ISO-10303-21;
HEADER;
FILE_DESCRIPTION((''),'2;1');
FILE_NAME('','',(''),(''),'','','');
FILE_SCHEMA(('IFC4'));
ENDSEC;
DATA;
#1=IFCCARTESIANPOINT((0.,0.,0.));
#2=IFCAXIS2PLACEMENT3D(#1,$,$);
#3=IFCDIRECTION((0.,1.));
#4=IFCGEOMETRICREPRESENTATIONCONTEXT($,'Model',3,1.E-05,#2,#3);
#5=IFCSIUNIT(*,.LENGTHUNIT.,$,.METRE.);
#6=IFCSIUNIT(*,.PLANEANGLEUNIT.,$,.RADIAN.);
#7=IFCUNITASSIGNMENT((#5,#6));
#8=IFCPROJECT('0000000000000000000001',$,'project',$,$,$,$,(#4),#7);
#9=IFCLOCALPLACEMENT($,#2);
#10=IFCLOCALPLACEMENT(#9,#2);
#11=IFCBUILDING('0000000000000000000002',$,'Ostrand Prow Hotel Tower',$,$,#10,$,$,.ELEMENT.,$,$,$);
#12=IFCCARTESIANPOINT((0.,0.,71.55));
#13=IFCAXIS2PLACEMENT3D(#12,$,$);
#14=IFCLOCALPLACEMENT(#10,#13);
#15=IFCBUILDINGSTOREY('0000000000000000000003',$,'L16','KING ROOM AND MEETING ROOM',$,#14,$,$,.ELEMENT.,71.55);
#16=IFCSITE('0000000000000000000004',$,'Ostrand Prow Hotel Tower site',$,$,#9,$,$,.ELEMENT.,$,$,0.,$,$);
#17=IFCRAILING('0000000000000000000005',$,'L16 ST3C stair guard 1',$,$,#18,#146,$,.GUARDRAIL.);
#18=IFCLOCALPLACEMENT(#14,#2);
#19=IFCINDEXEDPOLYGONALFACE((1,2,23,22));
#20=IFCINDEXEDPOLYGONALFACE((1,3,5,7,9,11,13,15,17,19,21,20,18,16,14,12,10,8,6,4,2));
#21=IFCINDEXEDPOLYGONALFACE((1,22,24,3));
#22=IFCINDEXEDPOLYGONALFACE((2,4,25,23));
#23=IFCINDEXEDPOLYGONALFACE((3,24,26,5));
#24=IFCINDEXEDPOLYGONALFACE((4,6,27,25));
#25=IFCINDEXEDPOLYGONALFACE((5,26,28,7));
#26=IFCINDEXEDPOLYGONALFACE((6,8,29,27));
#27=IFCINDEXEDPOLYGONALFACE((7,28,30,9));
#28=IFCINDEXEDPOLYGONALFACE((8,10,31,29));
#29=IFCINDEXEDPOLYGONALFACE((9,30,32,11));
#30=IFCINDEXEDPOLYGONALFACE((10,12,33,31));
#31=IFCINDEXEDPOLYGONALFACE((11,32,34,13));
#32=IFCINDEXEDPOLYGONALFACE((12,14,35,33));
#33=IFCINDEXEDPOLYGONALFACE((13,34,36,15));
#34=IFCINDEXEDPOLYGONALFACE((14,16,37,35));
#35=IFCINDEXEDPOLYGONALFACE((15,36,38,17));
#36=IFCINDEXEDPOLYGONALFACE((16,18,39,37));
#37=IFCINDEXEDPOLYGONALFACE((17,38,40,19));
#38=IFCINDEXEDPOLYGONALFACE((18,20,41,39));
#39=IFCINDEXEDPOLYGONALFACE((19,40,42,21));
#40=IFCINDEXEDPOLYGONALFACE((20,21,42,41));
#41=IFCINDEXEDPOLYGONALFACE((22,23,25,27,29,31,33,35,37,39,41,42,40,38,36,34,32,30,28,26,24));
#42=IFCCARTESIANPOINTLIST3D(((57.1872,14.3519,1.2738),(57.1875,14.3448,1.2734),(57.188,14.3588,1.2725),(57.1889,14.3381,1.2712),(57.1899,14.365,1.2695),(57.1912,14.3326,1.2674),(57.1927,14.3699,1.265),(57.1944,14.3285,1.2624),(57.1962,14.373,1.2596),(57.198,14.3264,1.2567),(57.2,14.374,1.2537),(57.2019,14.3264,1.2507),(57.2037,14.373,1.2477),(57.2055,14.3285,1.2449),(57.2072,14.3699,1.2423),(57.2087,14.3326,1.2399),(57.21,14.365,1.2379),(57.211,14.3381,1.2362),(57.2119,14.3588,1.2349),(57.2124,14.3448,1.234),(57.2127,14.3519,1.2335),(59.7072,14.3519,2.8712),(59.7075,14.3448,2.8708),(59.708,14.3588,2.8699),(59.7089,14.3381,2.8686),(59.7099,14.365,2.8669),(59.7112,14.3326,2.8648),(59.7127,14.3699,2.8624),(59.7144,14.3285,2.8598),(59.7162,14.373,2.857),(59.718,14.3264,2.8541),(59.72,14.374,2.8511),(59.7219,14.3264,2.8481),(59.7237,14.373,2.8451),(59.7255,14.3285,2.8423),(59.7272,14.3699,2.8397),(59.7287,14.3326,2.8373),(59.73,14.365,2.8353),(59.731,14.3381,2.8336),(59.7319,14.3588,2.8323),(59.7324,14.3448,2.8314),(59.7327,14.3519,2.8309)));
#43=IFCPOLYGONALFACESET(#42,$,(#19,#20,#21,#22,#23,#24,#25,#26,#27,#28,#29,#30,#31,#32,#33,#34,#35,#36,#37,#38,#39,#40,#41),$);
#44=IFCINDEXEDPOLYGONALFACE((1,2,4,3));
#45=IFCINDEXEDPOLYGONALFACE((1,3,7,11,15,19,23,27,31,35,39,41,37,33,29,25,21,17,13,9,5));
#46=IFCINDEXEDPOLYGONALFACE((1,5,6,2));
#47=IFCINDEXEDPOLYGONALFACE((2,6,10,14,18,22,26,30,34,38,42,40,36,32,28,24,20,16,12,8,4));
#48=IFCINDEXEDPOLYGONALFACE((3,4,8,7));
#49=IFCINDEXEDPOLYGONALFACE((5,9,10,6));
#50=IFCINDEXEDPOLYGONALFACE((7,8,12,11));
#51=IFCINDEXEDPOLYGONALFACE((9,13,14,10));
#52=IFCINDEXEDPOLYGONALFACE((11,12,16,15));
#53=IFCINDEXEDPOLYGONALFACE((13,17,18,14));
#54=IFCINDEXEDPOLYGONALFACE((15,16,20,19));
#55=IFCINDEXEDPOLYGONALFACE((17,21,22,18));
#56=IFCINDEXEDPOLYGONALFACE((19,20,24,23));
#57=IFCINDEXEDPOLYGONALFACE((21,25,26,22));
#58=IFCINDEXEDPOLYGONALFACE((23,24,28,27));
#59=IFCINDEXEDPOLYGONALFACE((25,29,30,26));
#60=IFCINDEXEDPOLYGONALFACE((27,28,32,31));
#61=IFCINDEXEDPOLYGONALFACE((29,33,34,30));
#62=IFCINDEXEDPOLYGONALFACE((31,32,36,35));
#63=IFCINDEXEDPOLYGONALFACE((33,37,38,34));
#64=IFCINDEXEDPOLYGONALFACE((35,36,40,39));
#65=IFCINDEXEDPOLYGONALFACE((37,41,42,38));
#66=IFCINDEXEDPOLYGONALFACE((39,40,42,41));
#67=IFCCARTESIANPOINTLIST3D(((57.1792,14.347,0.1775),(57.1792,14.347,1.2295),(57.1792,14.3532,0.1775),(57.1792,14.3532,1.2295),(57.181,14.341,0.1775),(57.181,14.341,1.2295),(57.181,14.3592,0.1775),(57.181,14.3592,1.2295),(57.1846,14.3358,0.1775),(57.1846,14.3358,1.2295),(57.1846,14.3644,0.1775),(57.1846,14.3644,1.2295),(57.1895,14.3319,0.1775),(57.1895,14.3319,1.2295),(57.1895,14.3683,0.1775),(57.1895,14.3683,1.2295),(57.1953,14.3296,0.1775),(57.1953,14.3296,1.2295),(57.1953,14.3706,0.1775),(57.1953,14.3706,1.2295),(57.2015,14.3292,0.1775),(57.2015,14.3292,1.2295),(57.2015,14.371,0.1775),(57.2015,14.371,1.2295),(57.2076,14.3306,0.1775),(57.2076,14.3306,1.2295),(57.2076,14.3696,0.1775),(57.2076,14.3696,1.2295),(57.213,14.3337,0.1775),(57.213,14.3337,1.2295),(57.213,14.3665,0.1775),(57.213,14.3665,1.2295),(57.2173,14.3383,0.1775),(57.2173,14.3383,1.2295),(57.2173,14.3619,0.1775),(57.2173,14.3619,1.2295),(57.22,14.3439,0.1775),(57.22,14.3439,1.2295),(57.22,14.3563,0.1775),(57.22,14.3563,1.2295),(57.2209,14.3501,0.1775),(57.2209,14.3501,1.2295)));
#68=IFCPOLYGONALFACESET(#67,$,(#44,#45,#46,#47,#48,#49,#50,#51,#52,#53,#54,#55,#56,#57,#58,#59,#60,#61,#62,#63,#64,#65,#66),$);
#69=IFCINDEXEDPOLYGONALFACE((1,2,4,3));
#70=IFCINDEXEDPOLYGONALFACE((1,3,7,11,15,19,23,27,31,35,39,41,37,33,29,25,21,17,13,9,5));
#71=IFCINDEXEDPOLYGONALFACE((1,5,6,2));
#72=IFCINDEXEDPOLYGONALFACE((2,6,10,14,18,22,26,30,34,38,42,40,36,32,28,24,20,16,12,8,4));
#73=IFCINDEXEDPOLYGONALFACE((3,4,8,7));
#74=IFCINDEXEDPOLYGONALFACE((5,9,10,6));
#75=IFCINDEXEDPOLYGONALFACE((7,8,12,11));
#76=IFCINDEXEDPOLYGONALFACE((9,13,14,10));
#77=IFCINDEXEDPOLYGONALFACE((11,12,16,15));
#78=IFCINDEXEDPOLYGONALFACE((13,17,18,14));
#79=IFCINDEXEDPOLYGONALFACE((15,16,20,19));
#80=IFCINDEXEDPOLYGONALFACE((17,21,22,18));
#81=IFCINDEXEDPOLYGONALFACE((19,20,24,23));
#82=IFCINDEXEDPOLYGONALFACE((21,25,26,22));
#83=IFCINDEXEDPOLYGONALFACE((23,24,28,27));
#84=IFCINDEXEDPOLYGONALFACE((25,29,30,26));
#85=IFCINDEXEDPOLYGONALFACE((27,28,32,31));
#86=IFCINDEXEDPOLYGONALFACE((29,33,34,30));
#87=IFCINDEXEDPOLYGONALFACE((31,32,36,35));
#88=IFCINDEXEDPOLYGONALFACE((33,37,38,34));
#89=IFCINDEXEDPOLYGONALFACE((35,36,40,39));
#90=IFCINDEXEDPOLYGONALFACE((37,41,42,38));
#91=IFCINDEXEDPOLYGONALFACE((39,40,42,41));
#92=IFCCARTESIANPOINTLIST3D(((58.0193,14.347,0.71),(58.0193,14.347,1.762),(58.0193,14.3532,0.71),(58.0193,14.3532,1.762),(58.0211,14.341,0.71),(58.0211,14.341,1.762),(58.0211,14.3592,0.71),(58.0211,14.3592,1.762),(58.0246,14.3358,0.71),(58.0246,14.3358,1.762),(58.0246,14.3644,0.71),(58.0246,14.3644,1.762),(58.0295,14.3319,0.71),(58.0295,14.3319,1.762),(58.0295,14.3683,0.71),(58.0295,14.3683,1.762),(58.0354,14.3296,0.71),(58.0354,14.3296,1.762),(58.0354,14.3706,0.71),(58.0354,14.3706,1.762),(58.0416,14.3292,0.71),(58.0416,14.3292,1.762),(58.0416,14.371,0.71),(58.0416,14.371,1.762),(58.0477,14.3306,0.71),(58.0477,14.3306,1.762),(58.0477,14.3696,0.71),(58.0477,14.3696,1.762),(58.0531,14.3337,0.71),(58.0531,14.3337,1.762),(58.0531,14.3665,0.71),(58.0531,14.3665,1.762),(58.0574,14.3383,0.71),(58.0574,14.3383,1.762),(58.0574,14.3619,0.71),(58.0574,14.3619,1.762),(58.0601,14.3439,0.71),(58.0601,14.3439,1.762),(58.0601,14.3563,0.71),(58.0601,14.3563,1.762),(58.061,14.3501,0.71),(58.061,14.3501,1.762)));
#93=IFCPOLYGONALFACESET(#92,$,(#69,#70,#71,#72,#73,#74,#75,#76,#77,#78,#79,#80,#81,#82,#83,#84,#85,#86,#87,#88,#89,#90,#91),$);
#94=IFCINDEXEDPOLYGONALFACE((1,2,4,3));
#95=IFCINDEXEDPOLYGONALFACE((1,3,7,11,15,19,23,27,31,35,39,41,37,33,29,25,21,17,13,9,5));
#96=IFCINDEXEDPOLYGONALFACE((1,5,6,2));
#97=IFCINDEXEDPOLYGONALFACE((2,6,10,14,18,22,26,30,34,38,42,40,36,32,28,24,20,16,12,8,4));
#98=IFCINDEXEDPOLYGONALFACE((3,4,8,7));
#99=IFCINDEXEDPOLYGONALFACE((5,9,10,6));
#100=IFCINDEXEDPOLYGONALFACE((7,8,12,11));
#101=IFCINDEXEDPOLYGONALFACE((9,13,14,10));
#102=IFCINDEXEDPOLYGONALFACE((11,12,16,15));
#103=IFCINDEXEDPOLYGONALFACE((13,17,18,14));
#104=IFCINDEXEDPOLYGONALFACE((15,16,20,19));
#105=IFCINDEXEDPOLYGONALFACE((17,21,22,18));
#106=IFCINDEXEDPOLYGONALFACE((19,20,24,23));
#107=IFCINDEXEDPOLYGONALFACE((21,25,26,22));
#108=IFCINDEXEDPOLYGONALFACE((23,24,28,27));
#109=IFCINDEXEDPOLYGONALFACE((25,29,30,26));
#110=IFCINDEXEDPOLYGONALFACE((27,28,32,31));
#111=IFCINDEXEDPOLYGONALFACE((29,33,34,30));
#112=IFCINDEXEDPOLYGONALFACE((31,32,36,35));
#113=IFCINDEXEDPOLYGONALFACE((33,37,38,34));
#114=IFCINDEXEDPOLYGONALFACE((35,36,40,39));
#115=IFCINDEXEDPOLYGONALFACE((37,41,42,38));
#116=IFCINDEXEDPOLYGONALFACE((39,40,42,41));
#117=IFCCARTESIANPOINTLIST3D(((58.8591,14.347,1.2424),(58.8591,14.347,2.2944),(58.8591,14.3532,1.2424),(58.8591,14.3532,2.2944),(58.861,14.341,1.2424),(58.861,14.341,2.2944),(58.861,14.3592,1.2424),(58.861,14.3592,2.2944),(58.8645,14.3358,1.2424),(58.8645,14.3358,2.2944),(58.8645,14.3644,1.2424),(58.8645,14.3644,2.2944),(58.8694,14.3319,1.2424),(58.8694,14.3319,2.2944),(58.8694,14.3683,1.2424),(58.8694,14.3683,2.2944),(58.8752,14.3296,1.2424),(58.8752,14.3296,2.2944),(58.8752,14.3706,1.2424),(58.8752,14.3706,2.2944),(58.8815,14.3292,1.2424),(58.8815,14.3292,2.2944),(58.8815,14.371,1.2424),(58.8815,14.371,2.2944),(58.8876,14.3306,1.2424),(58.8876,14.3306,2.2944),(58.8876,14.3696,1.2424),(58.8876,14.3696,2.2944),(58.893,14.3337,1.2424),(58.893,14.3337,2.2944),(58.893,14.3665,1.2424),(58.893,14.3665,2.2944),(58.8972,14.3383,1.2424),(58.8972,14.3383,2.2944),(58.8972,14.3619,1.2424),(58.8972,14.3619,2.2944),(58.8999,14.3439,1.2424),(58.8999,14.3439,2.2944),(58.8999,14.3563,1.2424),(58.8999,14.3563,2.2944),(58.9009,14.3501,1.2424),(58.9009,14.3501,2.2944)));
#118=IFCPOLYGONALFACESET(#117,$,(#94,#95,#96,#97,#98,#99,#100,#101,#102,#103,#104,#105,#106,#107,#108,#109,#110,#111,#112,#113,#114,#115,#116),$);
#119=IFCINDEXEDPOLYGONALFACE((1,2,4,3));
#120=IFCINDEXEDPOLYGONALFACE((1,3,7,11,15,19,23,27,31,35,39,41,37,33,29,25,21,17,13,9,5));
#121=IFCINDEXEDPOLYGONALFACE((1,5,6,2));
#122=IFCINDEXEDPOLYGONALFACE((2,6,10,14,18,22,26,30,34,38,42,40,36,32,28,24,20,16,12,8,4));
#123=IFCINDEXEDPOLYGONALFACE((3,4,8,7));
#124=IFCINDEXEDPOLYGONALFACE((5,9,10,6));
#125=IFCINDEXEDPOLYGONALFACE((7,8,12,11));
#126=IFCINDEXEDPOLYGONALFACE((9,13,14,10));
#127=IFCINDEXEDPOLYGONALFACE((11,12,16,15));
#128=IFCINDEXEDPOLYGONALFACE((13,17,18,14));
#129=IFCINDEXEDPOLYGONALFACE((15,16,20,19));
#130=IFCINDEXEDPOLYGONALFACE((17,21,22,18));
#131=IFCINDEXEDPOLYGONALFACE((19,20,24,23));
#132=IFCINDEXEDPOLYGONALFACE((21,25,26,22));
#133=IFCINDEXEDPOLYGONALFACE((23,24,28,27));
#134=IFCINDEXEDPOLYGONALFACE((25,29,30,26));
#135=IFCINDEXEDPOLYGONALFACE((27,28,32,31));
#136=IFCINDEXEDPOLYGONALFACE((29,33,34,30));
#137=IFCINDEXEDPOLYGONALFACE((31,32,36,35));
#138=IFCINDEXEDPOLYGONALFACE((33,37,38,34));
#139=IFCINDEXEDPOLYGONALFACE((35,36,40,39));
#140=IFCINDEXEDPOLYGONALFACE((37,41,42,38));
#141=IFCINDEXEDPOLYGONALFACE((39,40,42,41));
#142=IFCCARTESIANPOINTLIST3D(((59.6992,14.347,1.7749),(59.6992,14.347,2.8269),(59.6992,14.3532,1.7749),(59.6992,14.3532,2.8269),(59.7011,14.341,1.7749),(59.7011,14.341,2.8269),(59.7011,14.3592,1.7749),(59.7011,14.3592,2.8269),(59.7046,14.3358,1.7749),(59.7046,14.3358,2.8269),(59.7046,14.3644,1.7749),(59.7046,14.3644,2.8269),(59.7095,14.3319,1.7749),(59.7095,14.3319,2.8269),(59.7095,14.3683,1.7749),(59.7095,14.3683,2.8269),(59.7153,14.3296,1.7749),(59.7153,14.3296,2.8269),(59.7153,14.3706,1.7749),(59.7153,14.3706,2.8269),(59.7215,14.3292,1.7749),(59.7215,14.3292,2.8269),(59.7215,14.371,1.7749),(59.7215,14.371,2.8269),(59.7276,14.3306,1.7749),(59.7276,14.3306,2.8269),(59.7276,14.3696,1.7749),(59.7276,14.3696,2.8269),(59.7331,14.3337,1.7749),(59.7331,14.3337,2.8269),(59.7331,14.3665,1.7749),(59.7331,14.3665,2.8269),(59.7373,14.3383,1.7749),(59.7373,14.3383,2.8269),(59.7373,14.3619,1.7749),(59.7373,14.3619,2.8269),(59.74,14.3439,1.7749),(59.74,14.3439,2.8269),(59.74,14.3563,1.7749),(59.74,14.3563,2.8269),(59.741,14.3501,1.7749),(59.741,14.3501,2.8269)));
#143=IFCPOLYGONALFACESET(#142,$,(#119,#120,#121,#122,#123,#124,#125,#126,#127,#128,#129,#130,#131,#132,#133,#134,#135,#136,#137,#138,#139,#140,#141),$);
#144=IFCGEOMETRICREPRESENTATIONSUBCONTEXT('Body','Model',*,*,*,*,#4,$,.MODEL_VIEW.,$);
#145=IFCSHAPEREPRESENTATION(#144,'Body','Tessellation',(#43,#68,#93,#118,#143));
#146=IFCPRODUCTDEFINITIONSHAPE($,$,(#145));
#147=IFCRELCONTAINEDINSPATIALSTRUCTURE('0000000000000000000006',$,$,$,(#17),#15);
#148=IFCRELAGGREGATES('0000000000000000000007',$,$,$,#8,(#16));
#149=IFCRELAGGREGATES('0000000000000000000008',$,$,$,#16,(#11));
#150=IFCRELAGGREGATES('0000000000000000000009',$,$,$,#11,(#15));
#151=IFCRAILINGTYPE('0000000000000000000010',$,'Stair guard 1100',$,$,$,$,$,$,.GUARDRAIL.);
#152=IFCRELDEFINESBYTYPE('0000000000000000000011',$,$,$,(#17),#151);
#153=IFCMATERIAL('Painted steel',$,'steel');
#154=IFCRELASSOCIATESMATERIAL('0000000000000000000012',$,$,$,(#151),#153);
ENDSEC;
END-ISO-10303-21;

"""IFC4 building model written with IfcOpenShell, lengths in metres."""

from ifc_helpers import new_model, si_unit, direction, frame, origin, origin_2d, place, context, subcontext, project, spatial, circle, extrude, material, type_object, element, save


model = new_model("IFC4")

# Units and contexts
model_context = context("Model", 3, precision=1e-05, world=origin(), true_north=direction((0.0, 1.0)))
body_context = subcontext(model_context, "Body", "Model", "MODEL_VIEW")
ifc_project = project(units=[si_unit("LENGTHUNIT", "METRE"), si_unit("PLANEANGLEUNIT", "RADIAN")], contexts=[model_context])

# Site, building, storey
site_placement = place(None, origin())
site = spatial("IfcSite", under=ifc_project, at=site_placement, Name="Ostrand Prow Hotel Tower site", CompositionType="ELEMENT", RefElevation=0.0)
building_placement = place(site_placement, origin())
building = spatial("IfcBuilding", under=site, at=building_placement, Name="Ostrand Prow Hotel Tower", CompositionType="ELEMENT")
storey_placement = place(building_placement, frame((0.0, 0.0, 71.55)))
storey = spatial("IfcBuildingStorey", under=building, at=storey_placement, Name="L16", Description="KING ROOM AND MEETING ROOM", CompositionType="ELEMENT", Elevation=71.55)

# Railing
ifc_material_1 = material(Name="Painted steel", Category="steel")
railing_type_1 = type_object("IfcRailingType", Name="Stair guard 1100", PredefinedType="GUARDRAIL", material=ifc_material_1)
railing_1_placement = place(storey_placement, frame((57.2, 14.3501, 0.1775)))
element("IfcRailing", 1, at=railing_1_placement, inside=storey, type_object=railing_type_1, Name="L16 ST3C stair guard 1", PredefinedType="GUARDRAIL", context=body_context, shape_type="SweptSolid", body=[
    extrude(circle(Radius=0.0239, at=origin_2d()), frame((0.0, 0.0, 1.0762), z_axis=(0.844607, 0.0, 0.535387), x_axis=(0.0, 1.0, 0.0)), (0.0, 0.0, 1.0), 2.9836),
    extrude(circle(Radius=0.021, at=origin_2d()), origin(), (0.0, 0.0, 1.0), 1.052),
    extrude(circle(Radius=0.021, at=origin_2d()), frame((0.8401, 0.0, 0.5325)), (0.0, 0.0, 1.0), 1.052),
    extrude(circle(Radius=0.021, at=origin_2d()), frame((1.6799, 0.0, 1.0649)), (0.0, 0.0, 1.0), 1.052),
    extrude(circle(Radius=0.021, at=origin_2d()), frame((2.52, 0.0, 1.5974)), (0.0, 0.0, 1.0), 1.052),
])

save(model, "model.ifc")
